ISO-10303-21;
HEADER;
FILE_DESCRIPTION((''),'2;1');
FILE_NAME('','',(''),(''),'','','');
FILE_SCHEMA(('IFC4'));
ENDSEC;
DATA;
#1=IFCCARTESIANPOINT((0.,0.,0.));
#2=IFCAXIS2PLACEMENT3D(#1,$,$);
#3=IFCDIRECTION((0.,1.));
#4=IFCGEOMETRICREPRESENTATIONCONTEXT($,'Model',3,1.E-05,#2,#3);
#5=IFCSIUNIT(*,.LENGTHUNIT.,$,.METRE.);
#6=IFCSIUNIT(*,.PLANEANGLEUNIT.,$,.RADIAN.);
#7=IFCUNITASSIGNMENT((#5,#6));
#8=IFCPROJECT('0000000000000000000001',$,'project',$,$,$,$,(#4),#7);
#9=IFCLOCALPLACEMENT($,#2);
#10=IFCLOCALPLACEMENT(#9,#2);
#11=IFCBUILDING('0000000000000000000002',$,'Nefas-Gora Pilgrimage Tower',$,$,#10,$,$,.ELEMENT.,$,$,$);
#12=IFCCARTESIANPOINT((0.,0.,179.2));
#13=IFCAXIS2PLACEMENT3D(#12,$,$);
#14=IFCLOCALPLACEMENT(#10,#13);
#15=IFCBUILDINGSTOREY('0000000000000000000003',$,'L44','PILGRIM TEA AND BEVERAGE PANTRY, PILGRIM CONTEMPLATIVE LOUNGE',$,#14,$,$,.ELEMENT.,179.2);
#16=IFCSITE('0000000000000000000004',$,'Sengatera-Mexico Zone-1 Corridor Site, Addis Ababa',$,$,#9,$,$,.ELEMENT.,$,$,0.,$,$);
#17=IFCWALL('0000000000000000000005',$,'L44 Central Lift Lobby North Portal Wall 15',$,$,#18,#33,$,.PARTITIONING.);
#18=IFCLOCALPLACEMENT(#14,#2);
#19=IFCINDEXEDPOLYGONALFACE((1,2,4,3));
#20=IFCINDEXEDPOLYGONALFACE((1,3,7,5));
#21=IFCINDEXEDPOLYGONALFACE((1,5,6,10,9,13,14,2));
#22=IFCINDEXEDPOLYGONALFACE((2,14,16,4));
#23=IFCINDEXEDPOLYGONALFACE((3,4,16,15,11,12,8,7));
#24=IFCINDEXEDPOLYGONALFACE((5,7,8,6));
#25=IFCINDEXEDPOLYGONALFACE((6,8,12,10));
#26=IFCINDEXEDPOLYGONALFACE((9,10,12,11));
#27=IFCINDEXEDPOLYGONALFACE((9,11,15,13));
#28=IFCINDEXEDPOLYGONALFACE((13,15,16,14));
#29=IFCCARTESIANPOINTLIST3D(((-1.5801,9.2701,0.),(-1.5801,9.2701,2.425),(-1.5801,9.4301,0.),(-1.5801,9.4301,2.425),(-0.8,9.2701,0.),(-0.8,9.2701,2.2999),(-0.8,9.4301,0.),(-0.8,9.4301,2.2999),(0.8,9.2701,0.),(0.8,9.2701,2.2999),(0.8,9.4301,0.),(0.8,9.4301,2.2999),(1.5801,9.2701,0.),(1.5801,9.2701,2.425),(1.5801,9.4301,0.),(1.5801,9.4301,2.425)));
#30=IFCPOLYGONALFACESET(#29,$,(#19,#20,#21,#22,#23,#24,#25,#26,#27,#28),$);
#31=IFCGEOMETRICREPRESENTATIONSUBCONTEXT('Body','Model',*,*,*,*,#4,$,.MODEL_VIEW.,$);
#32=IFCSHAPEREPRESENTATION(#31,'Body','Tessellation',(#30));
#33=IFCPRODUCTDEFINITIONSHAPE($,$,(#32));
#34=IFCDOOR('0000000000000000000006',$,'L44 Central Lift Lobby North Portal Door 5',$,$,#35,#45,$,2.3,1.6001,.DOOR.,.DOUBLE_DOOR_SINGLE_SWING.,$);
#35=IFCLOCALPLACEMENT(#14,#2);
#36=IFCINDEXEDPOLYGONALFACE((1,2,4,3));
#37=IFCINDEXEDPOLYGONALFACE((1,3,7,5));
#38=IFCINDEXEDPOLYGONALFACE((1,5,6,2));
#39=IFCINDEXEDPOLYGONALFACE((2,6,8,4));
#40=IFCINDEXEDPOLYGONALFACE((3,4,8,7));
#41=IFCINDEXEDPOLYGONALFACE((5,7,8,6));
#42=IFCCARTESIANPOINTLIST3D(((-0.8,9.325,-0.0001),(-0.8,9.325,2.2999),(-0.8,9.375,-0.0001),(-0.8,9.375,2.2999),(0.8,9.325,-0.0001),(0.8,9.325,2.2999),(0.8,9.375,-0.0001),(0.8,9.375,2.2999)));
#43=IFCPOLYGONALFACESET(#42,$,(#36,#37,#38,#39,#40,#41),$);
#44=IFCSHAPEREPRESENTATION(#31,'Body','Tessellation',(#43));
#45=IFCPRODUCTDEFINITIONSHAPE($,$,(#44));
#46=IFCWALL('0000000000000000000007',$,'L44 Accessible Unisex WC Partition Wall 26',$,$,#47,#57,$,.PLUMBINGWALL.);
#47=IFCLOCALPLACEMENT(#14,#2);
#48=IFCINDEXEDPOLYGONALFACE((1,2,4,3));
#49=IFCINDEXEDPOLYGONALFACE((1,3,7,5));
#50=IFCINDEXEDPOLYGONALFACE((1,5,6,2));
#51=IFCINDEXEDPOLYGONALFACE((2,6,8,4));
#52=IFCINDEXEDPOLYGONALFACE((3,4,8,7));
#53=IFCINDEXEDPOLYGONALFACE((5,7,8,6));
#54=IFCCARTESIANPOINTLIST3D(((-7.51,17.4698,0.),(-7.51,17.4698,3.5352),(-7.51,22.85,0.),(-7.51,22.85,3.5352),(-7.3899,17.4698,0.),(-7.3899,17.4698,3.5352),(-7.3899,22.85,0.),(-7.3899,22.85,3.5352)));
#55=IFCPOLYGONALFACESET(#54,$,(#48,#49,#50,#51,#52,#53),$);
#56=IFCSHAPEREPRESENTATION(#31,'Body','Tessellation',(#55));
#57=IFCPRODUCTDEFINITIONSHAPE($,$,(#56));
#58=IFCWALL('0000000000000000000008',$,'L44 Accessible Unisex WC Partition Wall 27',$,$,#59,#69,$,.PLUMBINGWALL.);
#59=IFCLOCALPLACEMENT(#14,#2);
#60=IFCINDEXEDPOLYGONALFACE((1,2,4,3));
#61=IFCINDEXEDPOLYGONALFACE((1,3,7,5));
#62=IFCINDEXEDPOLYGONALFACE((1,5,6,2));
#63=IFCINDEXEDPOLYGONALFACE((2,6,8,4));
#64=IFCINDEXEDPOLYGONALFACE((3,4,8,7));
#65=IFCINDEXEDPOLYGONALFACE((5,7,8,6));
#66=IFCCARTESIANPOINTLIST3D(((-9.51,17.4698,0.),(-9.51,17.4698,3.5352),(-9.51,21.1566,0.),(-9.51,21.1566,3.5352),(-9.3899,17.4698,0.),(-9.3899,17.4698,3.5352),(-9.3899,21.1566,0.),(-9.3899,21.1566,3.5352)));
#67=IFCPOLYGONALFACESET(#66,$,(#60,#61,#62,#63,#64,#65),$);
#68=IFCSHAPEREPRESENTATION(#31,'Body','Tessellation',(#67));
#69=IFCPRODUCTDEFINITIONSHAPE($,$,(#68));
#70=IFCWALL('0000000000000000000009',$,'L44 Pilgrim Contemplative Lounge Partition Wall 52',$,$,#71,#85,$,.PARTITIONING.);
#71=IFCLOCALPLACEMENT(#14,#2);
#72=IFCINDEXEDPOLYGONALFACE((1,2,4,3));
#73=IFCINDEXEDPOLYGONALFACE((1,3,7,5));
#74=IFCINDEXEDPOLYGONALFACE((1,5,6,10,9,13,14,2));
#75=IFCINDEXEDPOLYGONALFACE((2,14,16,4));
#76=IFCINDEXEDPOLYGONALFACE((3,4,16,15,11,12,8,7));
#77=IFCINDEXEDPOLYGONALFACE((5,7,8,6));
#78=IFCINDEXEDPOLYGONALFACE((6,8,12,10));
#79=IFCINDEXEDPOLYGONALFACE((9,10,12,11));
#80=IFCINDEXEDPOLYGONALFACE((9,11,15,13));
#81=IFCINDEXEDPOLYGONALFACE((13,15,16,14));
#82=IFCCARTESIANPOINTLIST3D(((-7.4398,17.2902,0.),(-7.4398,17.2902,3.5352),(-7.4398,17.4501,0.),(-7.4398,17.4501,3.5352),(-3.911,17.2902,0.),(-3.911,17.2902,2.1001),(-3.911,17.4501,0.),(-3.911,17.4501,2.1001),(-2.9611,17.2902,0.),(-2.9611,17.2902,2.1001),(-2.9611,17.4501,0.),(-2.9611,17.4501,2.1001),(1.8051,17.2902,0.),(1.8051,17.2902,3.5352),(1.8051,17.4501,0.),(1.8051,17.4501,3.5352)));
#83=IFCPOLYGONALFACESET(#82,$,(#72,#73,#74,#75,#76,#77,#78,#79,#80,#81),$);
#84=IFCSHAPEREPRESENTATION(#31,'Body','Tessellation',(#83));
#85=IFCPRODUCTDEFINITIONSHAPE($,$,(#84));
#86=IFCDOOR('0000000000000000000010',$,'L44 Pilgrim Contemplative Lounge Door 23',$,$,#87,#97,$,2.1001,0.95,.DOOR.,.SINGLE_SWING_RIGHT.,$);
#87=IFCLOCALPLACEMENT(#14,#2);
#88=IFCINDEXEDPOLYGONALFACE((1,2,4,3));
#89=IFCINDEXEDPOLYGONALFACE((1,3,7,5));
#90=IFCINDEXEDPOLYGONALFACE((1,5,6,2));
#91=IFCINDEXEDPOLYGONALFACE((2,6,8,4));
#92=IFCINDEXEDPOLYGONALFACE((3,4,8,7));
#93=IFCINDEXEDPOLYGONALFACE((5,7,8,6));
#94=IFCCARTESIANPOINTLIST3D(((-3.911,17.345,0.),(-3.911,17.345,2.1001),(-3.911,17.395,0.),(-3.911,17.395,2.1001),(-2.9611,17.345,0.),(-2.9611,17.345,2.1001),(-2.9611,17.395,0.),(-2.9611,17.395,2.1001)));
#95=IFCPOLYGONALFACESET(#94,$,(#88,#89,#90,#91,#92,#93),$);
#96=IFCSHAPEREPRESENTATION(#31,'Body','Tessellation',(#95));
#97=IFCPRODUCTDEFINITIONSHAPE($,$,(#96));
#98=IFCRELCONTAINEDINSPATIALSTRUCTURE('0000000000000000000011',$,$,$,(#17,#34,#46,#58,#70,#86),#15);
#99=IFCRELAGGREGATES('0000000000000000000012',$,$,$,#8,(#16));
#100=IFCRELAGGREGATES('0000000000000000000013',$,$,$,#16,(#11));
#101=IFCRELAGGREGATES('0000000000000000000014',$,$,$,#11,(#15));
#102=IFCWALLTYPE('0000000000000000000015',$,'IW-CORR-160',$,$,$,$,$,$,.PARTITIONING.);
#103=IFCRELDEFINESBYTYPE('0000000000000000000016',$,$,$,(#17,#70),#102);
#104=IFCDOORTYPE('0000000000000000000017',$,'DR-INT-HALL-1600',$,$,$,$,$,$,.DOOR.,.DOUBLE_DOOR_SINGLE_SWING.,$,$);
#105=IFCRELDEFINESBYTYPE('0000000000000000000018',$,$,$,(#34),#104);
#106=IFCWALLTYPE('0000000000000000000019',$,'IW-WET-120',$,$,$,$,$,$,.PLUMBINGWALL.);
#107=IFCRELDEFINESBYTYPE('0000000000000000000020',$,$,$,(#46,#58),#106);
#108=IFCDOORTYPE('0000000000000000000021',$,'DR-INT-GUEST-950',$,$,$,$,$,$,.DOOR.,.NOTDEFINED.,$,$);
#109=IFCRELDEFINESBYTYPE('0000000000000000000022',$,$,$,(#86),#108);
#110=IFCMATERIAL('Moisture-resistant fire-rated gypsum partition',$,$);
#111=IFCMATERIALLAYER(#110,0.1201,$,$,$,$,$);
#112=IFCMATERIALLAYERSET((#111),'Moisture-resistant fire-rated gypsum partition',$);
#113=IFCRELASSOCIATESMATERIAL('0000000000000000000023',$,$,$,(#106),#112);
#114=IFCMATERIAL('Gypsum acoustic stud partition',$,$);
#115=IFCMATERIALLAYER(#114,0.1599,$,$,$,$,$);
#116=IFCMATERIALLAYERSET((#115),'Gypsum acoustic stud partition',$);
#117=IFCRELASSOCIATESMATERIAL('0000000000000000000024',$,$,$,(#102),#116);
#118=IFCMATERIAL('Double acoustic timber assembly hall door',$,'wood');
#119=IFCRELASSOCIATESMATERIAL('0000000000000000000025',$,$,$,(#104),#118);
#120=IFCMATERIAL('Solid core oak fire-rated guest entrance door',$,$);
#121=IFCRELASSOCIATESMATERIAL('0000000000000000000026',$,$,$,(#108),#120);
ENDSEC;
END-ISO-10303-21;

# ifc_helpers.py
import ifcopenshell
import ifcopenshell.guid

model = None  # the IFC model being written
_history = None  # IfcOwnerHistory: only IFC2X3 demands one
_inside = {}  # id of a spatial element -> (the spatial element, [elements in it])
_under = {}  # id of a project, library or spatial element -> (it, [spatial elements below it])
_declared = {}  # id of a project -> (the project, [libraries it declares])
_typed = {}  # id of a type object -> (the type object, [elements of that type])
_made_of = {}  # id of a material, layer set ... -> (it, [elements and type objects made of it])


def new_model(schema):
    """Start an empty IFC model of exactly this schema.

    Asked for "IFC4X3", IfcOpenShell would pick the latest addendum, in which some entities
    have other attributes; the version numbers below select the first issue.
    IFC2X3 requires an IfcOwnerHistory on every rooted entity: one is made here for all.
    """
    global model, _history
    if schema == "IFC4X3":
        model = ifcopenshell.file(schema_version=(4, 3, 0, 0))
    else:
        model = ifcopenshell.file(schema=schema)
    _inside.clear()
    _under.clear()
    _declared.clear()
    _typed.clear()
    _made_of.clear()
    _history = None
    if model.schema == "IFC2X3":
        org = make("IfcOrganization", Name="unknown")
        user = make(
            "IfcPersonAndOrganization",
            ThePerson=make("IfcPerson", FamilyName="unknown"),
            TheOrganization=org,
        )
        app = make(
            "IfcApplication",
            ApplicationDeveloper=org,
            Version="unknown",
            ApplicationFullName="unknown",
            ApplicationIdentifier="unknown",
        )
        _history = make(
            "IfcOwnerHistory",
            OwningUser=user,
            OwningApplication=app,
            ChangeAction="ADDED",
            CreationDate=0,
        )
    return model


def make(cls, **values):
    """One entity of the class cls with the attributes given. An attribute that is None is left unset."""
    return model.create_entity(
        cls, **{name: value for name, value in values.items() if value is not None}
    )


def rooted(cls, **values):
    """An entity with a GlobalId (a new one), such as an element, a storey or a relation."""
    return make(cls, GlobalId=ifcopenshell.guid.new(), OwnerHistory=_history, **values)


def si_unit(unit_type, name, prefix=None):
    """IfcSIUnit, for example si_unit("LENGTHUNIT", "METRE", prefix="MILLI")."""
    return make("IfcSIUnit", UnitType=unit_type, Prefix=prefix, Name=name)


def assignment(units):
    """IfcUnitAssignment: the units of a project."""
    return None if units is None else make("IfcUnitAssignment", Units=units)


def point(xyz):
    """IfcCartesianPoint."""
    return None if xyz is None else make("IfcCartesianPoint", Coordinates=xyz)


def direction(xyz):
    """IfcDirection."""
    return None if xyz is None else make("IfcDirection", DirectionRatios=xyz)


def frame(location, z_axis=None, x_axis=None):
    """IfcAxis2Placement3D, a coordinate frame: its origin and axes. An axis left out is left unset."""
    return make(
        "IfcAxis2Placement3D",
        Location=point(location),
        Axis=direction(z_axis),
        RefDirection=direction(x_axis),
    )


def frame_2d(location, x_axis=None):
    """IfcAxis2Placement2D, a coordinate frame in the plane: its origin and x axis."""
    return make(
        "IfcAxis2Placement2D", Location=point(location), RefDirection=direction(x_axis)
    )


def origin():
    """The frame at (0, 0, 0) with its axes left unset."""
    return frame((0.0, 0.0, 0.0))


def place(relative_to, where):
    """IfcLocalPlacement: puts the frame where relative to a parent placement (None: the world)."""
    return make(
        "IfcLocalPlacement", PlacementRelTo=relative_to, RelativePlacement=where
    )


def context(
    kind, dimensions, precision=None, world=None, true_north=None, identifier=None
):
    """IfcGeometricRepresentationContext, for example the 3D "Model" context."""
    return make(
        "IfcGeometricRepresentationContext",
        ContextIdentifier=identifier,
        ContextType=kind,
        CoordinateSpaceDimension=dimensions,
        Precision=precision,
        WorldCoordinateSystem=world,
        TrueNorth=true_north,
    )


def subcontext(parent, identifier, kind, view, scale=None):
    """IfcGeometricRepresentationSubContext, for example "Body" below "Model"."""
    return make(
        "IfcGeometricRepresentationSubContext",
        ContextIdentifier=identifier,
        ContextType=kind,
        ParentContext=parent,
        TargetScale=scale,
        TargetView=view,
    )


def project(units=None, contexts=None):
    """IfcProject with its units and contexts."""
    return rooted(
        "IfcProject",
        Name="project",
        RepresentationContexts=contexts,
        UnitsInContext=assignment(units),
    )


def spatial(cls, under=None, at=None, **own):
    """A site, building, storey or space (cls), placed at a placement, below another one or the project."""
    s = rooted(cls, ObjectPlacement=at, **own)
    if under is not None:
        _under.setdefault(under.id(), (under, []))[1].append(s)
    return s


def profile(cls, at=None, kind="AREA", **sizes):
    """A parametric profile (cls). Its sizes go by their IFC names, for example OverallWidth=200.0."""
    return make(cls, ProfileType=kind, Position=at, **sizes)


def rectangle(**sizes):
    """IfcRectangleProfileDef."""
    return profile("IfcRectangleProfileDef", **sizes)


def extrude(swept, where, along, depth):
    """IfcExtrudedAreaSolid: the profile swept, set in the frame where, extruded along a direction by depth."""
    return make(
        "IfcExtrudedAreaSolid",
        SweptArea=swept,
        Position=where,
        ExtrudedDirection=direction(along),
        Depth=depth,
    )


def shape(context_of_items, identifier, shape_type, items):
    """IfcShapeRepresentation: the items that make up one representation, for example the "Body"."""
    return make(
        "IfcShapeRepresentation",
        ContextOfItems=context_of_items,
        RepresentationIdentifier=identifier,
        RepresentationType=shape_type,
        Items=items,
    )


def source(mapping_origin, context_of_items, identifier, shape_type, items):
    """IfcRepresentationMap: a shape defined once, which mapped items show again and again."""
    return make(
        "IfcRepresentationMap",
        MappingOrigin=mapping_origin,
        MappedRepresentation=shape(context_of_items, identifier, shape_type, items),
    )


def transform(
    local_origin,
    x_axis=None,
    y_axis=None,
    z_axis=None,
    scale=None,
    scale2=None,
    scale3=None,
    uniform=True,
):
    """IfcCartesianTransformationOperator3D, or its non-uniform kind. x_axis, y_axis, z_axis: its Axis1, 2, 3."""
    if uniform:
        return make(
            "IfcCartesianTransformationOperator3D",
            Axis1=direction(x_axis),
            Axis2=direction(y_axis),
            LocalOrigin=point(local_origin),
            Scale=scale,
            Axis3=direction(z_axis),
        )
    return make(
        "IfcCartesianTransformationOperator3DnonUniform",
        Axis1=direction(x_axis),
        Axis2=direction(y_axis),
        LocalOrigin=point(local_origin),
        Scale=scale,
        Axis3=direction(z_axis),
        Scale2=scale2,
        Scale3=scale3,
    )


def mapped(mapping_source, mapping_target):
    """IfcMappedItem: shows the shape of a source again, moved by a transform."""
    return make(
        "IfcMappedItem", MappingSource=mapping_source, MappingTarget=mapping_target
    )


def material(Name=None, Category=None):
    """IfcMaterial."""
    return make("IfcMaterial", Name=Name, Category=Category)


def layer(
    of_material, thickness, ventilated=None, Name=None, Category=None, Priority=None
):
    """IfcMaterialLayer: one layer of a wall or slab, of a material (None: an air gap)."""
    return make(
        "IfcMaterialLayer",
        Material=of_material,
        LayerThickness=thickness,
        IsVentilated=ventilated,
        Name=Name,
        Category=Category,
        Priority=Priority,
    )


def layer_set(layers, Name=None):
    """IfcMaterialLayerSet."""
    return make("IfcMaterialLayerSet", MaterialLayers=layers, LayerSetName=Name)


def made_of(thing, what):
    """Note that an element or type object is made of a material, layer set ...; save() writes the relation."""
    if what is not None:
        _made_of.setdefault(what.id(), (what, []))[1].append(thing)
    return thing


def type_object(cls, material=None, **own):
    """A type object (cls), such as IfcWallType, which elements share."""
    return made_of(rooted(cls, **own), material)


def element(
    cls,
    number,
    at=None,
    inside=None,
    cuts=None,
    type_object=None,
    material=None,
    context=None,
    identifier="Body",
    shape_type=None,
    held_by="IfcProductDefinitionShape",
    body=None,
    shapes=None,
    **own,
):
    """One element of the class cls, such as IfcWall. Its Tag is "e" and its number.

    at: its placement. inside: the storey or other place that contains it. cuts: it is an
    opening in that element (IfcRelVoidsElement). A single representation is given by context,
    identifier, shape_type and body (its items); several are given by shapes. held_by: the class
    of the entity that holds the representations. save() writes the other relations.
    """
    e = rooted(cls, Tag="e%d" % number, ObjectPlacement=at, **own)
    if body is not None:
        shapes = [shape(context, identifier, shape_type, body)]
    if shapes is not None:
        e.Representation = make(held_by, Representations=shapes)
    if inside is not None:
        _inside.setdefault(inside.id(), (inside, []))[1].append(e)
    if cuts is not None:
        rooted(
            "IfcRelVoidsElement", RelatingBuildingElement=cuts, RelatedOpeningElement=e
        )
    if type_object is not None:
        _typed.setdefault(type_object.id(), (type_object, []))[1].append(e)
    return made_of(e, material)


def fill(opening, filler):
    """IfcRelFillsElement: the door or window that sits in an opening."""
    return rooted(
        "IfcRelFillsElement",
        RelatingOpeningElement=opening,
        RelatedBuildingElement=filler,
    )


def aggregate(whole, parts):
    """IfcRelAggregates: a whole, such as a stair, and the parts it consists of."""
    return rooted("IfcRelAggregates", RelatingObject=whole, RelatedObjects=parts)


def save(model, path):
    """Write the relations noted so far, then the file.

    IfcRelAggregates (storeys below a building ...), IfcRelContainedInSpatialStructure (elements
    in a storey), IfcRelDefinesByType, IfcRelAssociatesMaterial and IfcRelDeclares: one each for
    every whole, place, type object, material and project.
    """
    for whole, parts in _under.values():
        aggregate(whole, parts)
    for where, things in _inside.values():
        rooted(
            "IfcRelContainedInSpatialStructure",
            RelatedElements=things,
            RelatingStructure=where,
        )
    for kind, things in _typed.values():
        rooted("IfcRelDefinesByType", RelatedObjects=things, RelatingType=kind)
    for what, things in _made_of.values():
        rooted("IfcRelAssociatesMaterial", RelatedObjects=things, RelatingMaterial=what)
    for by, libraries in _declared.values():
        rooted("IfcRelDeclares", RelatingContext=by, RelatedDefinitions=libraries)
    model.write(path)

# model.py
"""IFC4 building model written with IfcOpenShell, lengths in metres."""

from ifc_helpers import new_model, si_unit, direction, frame, frame_2d, origin, place, context, subcontext, project, spatial, rectangle, extrude, source, transform, mapped, material, layer, layer_set, type_object, element, fill, save


model = new_model("IFC4")

# Units and contexts
model_context = context("Model", 3, precision=1e-05, world=origin(), true_north=direction((0.0, 1.0)))
body_context = subcontext(model_context, "Body", "Model", "MODEL_VIEW")
ifc_project = project(units=[si_unit("LENGTHUNIT", "METRE"), si_unit("PLANEANGLEUNIT", "RADIAN")], contexts=[model_context])

# Site, building, storey
site_placement = place(None, origin())
site = spatial("IfcSite", under=ifc_project, at=site_placement, Name="Sengatera-Mexico Zone-1 Corridor Site, Addis Ababa", CompositionType="ELEMENT", RefElevation=0.0)
building_placement = place(site_placement, origin())
building = spatial("IfcBuilding", under=site, at=building_placement, Name="Nefas-Gora Pilgrimage Tower", CompositionType="ELEMENT")
storey_placement = place(building_placement, frame((0.0, 0.0, 179.2)))
storey = spatial("IfcBuildingStorey", under=building, at=storey_placement, Name="L44", Description="PILGRIM TEA AND BEVERAGE PANTRY, PILGRIM CONTEMPLATIVE LOUNGE", CompositionType="ELEMENT", Elevation=179.2)

# Wall, opening, door
ifc_material_1 = material(Name="Moisture-resistant fire-rated gypsum partition")
ifc_layer_1 = layer(ifc_material_1, 0.1201)
ifc_layer_set_1 = layer_set([ifc_layer_1], Name="Moisture-resistant fire-rated gypsum partition")
wall_type_1 = type_object("IfcWallType", Name="IW-WET-120", PredefinedType="PLUMBINGWALL", material=ifc_layer_set_1)
ifc_material_2 = material(Name="Gypsum acoustic stud partition")
ifc_layer_2 = layer(ifc_material_2, 0.1599)
ifc_layer_set_2 = layer_set([ifc_layer_2], Name="Gypsum acoustic stud partition")
wall_type_2 = type_object("IfcWallType", Name="IW-CORR-160", PredefinedType="PARTITIONING", material=ifc_layer_set_2)
shared_shape_1 = source(origin(), body_context, "Body", "SweptSolid", [
    extrude(rectangle(XDim=3.1602, YDim=0.1599, at=frame_2d((1.5801, 0.0))), origin(), (0.0, 0.0, 1.0), 2.425),
])
wall_1_placement = place(storey_placement, frame((-1.5801, 9.3501, 0.0), z_axis=(0.0, 0.0, 1.0), x_axis=(1.0, 0.0, 0.0)))
wall_1 = element("IfcWall", 1, at=wall_1_placement, inside=storey, type_object=wall_type_2, Name="L44 Central Lift Lobby North Portal Wall 15", PredefinedType="PARTITIONING", context=body_context, shape_type="MappedRepresentation", body=[
    mapped(shared_shape_1, transform((0.0, 0.0, 0.0), x_axis=(1.0, 0.0, 0.0), y_axis=(0.0, 1.0, 0.0), z_axis=(0.0, 0.0, 1.0), scale=1.0)),
])
opening_1_placement = place(wall_1_placement, frame((0.78, 0.0, 0.0)))
opening_1 = element("IfcOpeningElement", 2, at=opening_1_placement, cuts=wall_1, PredefinedType="OPENING", context=body_context, shape_type="SweptSolid", body=[
    extrude(rectangle(XDim=1.6001, YDim=2.3, at=frame_2d((0.8, 1.1499))), frame((0.0, 0.0898, 0.0), z_axis=(0.0, -1.0, 0.0), x_axis=(1.0, 0.0, 0.0)), (0.0, 0.0, 1.0), 0.1799),
])
ifc_material_3 = material(Name="Double acoustic timber assembly hall door", Category="wood")
door_type_1 = type_object("IfcDoorType", Name="DR-INT-HALL-1600", OperationType="DOUBLE_DOOR_SINGLE_SWING", PredefinedType="DOOR", material=ifc_material_3)
shared_shape_2 = source(origin(), body_context, "Body", "SweptSolid", [
    extrude(rectangle(XDim=1.6001, YDim=2.3, at=frame_2d((0.8, 1.1499))), frame((0.0, 0.0249, 0.0), z_axis=(0.0, -1.0, 0.0), x_axis=(1.0, 0.0, 0.0)), (0.0, 0.0, 1.0), 0.05),
])
door_1_placement = place(opening_1_placement, origin())
door_1 = element("IfcDoor", 3, at=door_1_placement, inside=storey, type_object=door_type_1, Name="L44 Central Lift Lobby North Portal Door 5", OperationType="DOUBLE_DOOR_SINGLE_SWING", OverallHeight=2.3, OverallWidth=1.6001, PredefinedType="DOOR", context=body_context, shape_type="MappedRepresentation", body=[
    mapped(shared_shape_2, transform((0.0, 0.0, 0.0), x_axis=(1.0, 0.0, 0.0), y_axis=(0.0, 1.0, 0.0), z_axis=(0.0, 0.0, 1.0), scale=1.0)),
])
fill(opening_1, door_1)

# Walls
shared_shape_3 = source(origin(), body_context, "Body", "SweptSolid", [
    extrude(rectangle(XDim=5.3801, YDim=0.1201, at=frame_2d((2.6899, 0.0))), origin(), (0.0, 0.0, 1.0), 3.5352),
])
wall_2_placement = place(storey_placement, frame((-7.45, 17.47, 0.0), z_axis=(0.0, 0.0, 1.0), x_axis=(0.0, 1.0, 0.0)))
element("IfcWall", 4, at=wall_2_placement, inside=storey, type_object=wall_type_1, Name="L44 Accessible Unisex WC Partition Wall 26", PredefinedType="PLUMBINGWALL", context=body_context, shape_type="MappedRepresentation", body=[
    mapped(shared_shape_3, transform((0.0, 0.0, 0.0), x_axis=(1.0, 0.0, 0.0), y_axis=(0.0, 1.0, 0.0), z_axis=(0.0, 0.0, 1.0), scale=1.0)),
])
shared_shape_4 = source(origin(), body_context, "Body", "SweptSolid", [
    extrude(rectangle(XDim=3.6868, YDim=0.1201, at=frame_2d((1.8433, 0.0))), origin(), (0.0, 0.0, 1.0), 3.5352),
])
wall_3_placement = place(storey_placement, frame((-9.45, 17.47, 0.0), z_axis=(0.0, 0.0, 1.0), x_axis=(0.0, 1.0, 0.0)))
element("IfcWall", 5, at=wall_3_placement, inside=storey, type_object=wall_type_1, Name="L44 Accessible Unisex WC Partition Wall 27", PredefinedType="PLUMBINGWALL", context=body_context, shape_type="MappedRepresentation", body=[
    mapped(shared_shape_4, transform((0.0, 0.0, 0.0), x_axis=(1.0, 0.0, 0.0), y_axis=(0.0, 1.0, 0.0), z_axis=(0.0, 0.0, 1.0), scale=1.0)),
])

# Wall, opening, door
shared_shape_5 = source(origin(), body_context, "Body", "SweptSolid", [
    extrude(rectangle(XDim=9.2449, YDim=0.1599, at=frame_2d((4.6226, 0.0))), origin(), (0.0, 0.0, 1.0), 3.5352),
])
wall_4_placement = place(storey_placement, frame((-7.4399, 17.3701, 0.0), z_axis=(0.0, 0.0, 1.0), x_axis=(1.0, 0.0, 0.0)))
wall_4 = element("IfcWall", 6, at=wall_4_placement, inside=storey, type_object=wall_type_2, Name="L44 Pilgrim Contemplative Lounge Partition Wall 52", PredefinedType="PARTITIONING", context=body_context, shape_type="MappedRepresentation", body=[
    mapped(shared_shape_5, transform((0.0, 0.0, 0.0), x_axis=(1.0, 0.0, 0.0), y_axis=(0.0, 1.0, 0.0), z_axis=(0.0, 0.0, 1.0), scale=1.0)),
])
opening_2_placement = place(wall_4_placement, frame((3.5288, 0.0, 0.0)))
opening_2 = element("IfcOpeningElement", 7, at=opening_2_placement, cuts=wall_4, PredefinedType="OPENING", context=body_context, shape_type="SweptSolid", body=[
    extrude(rectangle(XDim=0.95, YDim=2.1001, at=frame_2d((0.4751, 1.05))), frame((0.0, 0.0898, 0.0), z_axis=(0.0, -1.0, 0.0), x_axis=(1.0, 0.0, 0.0)), (0.0, 0.0, 1.0), 0.1799),
])
ifc_material_4 = material(Name="Solid core oak fire-rated guest entrance door")
door_type_2 = type_object("IfcDoorType", Name="DR-INT-GUEST-950", OperationType="NOTDEFINED", PredefinedType="DOOR", material=ifc_material_4)
shared_shape_6 = source(origin(), body_context, "Body", "SweptSolid", [
    extrude(rectangle(XDim=0.95, YDim=2.1001, at=frame_2d((0.4751, 1.05))), frame((0.0, 0.0249, 0.0), z_axis=(0.0, -1.0, 0.0), x_axis=(1.0, 0.0, 0.0)), (0.0, 0.0, 1.0), 0.05),
])
door_2_placement = place(opening_2_placement, origin())
door_2 = element("IfcDoor", 8, at=door_2_placement, inside=storey, type_object=door_type_2, Name="L44 Pilgrim Contemplative Lounge Door 23", OperationType="SINGLE_SWING_RIGHT", OverallHeight=2.1001, OverallWidth=0.95, PredefinedType="DOOR", context=body_context, shape_type="MappedRepresentation", body=[
    mapped(shared_shape_6, transform((0.0, 0.0, 0.0), x_axis=(1.0, 0.0, 0.0), y_axis=(0.0, 1.0, 0.0), z_axis=(0.0, 0.0, 1.0), scale=1.0)),
])
fill(opening_2, door_2)

save(model, "model.ifc")
